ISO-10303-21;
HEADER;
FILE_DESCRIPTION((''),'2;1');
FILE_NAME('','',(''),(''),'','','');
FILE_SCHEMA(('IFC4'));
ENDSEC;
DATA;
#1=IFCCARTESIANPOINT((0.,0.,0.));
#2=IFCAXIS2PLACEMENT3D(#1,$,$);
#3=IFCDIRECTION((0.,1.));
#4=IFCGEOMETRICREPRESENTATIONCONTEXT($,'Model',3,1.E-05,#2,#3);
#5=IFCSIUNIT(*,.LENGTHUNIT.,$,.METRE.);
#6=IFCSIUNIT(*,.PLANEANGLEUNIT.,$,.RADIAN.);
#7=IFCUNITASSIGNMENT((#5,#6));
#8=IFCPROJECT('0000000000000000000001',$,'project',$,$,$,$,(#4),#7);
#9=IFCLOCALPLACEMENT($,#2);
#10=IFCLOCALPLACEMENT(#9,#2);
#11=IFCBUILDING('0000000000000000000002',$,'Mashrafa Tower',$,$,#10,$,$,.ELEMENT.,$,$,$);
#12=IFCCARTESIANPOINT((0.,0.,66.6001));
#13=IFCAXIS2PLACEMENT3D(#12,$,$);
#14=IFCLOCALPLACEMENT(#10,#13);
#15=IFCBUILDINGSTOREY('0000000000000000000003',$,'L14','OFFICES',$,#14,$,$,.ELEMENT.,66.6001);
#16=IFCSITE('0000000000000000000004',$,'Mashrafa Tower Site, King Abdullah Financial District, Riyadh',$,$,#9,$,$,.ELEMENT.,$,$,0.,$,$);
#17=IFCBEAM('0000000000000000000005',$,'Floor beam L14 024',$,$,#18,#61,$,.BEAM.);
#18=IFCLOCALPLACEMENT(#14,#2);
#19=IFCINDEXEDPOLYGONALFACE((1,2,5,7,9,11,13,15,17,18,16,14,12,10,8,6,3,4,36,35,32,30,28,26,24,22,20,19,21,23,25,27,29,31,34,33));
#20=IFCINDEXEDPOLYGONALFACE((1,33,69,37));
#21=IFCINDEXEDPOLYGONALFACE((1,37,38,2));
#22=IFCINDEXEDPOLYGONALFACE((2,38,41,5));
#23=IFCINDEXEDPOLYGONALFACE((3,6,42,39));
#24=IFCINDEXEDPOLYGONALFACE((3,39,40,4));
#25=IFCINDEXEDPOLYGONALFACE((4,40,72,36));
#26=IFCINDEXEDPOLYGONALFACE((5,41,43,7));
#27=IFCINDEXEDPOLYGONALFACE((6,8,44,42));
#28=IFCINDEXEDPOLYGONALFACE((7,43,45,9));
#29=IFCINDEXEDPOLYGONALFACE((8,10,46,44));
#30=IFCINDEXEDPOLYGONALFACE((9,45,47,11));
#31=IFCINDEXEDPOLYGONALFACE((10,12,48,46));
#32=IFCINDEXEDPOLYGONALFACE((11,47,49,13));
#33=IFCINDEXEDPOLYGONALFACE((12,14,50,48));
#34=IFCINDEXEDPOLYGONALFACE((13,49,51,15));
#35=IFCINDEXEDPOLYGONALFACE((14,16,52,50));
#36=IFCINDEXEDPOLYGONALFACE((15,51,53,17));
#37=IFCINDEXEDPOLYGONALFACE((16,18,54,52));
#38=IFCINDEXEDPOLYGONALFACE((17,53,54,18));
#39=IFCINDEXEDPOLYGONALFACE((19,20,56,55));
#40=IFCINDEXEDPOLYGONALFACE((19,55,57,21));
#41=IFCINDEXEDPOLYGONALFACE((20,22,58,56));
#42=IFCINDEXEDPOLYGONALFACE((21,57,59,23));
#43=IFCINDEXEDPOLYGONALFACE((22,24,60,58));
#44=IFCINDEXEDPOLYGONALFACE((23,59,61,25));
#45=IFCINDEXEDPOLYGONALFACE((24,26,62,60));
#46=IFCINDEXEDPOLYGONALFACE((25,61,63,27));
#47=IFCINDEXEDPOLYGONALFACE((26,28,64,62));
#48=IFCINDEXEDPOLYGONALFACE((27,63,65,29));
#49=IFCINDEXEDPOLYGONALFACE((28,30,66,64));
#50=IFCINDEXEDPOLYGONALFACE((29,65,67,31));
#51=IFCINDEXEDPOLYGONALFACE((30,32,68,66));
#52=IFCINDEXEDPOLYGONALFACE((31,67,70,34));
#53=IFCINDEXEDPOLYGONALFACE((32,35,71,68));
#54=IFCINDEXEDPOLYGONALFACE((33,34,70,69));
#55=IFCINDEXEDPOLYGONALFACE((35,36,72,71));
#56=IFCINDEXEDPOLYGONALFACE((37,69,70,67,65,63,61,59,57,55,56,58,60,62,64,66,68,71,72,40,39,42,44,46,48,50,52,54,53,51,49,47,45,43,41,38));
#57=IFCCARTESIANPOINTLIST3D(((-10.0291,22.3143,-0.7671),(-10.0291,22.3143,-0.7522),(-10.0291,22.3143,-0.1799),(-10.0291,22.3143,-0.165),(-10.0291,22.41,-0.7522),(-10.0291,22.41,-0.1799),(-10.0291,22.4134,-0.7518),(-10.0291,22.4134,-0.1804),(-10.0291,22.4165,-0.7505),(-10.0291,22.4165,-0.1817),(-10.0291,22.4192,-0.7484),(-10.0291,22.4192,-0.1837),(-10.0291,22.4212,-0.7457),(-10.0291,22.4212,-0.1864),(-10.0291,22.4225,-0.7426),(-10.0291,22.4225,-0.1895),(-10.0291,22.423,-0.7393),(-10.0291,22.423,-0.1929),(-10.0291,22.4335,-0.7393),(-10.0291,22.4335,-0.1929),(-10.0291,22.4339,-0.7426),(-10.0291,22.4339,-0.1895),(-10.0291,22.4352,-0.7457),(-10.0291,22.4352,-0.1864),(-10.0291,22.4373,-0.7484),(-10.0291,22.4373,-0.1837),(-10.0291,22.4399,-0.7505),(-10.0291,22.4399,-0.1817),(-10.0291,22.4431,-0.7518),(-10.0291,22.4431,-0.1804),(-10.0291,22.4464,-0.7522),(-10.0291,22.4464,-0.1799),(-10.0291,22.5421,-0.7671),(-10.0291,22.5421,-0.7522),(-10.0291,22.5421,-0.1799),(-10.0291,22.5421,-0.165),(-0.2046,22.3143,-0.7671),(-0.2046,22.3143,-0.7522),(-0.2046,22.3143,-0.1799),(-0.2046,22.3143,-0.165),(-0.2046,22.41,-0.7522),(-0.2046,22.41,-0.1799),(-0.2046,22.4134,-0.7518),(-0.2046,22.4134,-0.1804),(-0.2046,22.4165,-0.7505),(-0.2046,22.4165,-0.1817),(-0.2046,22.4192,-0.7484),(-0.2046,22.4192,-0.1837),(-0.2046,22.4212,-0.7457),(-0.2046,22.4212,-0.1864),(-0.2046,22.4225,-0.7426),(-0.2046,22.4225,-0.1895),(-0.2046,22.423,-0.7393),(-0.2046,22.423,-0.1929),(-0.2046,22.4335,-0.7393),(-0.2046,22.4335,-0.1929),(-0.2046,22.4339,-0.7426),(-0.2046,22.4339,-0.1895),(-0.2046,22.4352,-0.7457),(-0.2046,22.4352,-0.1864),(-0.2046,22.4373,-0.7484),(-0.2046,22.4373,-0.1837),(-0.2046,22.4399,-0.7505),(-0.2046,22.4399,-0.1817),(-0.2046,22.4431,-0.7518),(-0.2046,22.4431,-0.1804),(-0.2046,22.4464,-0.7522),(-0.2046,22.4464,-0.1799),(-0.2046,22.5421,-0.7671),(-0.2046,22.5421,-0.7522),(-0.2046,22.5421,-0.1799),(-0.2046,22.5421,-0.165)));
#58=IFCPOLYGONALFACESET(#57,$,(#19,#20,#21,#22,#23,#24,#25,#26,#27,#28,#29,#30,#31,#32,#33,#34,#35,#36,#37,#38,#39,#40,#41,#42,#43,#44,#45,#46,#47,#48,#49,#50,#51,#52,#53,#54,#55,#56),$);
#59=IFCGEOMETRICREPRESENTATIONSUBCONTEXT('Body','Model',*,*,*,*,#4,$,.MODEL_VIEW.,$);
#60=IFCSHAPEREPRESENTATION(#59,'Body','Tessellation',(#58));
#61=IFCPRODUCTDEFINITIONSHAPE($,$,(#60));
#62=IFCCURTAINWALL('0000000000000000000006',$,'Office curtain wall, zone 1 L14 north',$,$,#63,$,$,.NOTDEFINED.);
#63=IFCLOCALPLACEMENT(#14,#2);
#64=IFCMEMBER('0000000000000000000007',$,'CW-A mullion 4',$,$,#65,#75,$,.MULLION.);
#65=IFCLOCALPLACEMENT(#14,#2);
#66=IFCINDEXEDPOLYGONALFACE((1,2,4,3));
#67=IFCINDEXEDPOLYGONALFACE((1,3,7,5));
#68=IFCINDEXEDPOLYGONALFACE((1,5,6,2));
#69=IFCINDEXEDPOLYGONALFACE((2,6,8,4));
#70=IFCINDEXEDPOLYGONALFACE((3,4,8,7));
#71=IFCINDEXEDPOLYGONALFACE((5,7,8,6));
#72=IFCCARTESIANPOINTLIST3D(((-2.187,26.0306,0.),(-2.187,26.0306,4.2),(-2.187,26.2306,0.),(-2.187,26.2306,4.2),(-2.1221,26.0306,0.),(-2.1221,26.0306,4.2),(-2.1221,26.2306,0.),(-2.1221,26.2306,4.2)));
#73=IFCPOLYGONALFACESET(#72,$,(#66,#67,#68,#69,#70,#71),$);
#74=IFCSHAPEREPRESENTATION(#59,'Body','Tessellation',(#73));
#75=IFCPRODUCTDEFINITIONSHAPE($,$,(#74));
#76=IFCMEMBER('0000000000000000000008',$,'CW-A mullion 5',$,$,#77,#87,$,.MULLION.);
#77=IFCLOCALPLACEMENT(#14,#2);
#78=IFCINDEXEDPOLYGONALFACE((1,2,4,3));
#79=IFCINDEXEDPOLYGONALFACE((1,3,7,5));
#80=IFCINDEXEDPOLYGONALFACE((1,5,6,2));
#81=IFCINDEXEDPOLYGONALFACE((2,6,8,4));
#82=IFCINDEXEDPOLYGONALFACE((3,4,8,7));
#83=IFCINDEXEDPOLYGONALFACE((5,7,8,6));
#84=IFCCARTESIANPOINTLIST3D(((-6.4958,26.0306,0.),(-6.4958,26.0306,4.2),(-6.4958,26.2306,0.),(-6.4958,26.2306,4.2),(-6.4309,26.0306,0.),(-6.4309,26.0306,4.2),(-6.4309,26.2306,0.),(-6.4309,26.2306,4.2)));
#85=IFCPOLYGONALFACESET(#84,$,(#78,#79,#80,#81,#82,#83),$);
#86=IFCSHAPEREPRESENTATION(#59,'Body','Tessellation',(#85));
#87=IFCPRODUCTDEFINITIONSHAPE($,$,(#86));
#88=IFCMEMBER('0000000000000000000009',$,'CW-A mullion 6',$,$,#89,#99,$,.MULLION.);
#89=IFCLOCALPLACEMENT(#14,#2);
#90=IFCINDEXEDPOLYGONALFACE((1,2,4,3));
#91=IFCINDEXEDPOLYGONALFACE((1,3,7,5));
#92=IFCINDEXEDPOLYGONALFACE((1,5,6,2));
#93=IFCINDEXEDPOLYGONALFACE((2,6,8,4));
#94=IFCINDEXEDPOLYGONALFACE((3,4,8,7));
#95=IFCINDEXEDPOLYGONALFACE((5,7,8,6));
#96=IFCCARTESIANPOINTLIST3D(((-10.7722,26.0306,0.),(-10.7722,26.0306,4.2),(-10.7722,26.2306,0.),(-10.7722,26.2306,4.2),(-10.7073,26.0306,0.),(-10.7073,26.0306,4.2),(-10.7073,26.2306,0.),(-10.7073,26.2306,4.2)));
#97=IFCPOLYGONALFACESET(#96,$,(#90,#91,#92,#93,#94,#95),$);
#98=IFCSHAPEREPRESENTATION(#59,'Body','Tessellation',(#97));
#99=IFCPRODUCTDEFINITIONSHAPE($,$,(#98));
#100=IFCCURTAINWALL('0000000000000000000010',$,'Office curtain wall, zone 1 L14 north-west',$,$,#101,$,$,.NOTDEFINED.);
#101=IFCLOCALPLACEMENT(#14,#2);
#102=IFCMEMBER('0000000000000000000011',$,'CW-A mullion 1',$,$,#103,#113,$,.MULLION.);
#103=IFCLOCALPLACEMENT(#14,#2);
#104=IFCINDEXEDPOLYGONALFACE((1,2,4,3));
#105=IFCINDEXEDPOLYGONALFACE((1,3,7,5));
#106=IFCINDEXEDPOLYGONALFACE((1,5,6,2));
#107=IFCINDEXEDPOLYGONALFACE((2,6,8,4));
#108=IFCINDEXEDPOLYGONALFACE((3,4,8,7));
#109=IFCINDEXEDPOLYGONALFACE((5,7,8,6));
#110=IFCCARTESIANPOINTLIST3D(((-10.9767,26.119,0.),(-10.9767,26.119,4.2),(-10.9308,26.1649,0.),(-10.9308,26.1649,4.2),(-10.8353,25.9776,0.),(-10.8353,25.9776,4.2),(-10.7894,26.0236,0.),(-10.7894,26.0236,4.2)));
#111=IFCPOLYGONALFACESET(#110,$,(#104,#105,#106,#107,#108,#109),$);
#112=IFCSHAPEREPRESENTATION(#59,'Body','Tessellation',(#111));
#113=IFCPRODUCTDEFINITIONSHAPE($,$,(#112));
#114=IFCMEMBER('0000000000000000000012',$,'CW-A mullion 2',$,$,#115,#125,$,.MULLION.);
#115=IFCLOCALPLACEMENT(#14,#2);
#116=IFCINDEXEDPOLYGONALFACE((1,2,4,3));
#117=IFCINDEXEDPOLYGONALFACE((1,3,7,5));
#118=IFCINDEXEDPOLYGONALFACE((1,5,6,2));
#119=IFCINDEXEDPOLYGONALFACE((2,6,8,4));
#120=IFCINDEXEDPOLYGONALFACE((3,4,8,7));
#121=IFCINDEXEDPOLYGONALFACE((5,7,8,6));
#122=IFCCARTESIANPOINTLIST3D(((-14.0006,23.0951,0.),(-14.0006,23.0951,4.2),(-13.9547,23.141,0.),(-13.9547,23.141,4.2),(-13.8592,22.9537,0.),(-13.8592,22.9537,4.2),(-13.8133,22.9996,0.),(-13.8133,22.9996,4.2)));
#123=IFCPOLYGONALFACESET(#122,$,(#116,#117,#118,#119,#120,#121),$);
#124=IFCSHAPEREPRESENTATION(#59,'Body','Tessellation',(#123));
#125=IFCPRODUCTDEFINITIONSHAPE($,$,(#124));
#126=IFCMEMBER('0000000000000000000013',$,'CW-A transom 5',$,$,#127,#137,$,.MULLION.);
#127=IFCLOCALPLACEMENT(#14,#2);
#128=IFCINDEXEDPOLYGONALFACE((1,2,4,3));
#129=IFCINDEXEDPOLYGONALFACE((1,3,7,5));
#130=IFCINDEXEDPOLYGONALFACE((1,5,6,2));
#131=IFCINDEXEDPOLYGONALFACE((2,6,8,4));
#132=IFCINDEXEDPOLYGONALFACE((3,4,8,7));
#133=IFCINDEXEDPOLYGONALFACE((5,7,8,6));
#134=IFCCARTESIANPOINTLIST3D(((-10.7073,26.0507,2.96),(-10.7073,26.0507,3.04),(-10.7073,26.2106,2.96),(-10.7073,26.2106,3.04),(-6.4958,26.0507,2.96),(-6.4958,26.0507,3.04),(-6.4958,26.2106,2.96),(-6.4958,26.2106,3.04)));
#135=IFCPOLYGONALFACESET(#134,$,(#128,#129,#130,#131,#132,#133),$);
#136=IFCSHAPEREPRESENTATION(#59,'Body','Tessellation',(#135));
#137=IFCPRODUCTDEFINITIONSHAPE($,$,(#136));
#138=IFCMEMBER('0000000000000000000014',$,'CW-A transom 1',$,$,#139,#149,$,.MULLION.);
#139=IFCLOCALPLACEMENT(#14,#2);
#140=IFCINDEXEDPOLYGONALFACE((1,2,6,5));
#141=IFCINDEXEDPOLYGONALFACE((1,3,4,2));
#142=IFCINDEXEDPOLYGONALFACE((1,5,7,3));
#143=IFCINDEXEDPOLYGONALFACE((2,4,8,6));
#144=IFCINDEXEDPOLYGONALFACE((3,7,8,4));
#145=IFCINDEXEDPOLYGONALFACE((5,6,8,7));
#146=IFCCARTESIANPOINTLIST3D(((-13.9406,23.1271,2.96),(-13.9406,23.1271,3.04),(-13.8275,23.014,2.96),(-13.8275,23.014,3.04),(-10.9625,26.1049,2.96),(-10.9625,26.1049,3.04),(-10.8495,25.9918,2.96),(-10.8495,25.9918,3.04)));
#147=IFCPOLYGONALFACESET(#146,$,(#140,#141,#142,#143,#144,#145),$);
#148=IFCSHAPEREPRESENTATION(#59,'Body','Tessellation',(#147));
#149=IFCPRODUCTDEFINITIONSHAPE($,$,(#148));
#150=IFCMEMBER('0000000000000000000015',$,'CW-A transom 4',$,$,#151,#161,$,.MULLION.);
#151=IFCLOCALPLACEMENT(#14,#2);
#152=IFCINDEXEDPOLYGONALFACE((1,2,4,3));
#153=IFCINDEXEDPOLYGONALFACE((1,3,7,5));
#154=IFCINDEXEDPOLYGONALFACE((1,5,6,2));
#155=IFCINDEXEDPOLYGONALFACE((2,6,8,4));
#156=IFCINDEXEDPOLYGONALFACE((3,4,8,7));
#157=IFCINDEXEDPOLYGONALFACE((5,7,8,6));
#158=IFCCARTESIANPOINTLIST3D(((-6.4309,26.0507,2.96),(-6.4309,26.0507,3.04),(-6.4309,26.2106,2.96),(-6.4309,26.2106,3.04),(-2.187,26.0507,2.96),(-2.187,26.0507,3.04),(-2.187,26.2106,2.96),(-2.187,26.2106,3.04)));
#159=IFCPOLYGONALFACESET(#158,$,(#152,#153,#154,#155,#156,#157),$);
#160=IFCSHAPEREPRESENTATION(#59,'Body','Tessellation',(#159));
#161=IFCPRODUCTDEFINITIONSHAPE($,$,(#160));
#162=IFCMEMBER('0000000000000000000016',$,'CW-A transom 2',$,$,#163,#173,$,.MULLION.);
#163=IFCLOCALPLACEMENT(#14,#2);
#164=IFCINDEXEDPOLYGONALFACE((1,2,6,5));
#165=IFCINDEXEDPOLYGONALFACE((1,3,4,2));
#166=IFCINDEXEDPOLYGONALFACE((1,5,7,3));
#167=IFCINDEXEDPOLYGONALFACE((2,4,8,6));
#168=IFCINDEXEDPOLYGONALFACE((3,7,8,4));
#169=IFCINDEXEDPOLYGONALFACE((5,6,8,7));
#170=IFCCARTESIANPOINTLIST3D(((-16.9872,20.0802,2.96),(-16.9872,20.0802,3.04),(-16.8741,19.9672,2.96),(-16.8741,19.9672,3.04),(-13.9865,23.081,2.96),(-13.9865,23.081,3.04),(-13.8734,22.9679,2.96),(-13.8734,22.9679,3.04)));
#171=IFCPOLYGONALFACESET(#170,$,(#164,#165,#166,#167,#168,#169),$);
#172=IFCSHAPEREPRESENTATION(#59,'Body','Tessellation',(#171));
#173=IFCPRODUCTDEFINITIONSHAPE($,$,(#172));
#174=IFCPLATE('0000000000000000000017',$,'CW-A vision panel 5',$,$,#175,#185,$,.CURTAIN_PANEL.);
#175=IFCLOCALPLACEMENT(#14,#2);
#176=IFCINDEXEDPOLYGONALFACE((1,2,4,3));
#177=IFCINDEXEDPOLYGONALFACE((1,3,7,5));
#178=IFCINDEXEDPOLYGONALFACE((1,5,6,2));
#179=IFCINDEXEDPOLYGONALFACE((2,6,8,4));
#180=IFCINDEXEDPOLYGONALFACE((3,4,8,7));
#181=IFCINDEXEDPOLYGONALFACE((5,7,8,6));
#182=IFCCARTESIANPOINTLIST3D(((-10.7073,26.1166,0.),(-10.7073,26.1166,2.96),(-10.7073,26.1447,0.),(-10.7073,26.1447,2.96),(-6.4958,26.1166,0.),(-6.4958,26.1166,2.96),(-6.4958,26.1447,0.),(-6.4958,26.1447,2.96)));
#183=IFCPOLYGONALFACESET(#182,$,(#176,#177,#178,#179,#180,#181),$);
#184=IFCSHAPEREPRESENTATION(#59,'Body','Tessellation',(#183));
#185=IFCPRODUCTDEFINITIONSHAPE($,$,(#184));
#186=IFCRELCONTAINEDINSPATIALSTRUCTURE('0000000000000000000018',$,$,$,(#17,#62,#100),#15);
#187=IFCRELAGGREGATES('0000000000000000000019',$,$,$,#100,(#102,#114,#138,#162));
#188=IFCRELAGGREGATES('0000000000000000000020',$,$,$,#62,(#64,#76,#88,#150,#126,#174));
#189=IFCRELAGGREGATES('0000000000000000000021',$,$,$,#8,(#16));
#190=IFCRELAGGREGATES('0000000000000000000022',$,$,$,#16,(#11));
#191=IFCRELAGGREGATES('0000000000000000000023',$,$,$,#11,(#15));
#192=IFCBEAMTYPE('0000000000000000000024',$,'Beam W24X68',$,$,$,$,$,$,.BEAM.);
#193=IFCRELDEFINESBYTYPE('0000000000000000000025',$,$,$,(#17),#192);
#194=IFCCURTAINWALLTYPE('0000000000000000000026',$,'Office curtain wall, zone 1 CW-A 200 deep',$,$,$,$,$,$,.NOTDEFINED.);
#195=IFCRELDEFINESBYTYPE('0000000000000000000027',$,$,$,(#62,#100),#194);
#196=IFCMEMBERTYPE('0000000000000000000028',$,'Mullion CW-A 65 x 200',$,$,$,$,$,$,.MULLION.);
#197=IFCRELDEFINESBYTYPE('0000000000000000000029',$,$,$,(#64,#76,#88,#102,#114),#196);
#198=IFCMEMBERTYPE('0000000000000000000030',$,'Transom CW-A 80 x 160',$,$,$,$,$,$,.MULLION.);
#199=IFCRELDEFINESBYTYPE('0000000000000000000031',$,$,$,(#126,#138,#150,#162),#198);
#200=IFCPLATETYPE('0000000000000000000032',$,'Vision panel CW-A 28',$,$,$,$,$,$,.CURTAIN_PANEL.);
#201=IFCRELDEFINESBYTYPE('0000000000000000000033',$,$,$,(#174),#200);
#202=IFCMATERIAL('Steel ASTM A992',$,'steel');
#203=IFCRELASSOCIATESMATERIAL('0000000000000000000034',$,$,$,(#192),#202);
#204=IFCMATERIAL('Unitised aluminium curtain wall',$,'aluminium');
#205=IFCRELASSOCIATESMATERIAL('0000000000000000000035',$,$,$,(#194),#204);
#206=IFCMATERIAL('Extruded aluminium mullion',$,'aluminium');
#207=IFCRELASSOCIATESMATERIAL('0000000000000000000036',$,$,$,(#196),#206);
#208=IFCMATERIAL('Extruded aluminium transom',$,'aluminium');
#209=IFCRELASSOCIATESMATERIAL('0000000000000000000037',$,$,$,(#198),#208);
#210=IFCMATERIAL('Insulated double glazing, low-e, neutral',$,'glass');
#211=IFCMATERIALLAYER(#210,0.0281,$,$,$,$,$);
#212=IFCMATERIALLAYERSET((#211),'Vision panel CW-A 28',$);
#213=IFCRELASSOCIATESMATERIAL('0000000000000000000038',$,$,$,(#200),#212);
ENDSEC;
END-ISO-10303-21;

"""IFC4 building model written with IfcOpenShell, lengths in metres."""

from ifc_helpers import new_model, si_unit, direction, frame, origin, origin_2d, place, context, subcontext, project, spatial, rectangle, i_section, extrude, source, transform, mapped, material, layer, layer_set, material_profile, profile_set, type_object, type_shapes, element, aggregate, save


model = new_model("IFC4")

# Units and contexts
model_context = context("Model", 3, precision=1e-05, world=origin(), true_north=direction((0.0, 1.0)))
body_context = subcontext(model_context, "Body", "Model", "MODEL_VIEW")
ifc_project = project(units=[si_unit("LENGTHUNIT", "METRE"), si_unit("PLANEANGLEUNIT", "RADIAN")], contexts=[model_context])

# Site, building, storey
site_placement = place(None, origin())
site = spatial("IfcSite", under=ifc_project, at=site_placement, Name="Mashrafa Tower Site, King Abdullah Financial District, Riyadh", CompositionType="ELEMENT", RefElevation=0.0)
building_placement = place(site_placement, origin())
building = spatial("IfcBuilding", under=site, at=building_placement, Name="Mashrafa Tower", CompositionType="ELEMENT")
storey_placement = place(building_placement, frame((0.0, 0.0, 66.6001)))
storey = spatial("IfcBuildingStorey", under=building, at=storey_placement, Name="L14", Description="OFFICES", CompositionType="ELEMENT", Elevation=66.6001)

# Beam
ifc_material_1 = material(Name="Steel ASTM A992", Category="steel")
ifc_material_profile_1 = material_profile(ifc_material_1, i_section(OverallWidth=0.2278, OverallDepth=0.6021, WebThickness=0.0105, FlangeThickness=0.0149, FilletRadius=0.0129, at=origin_2d()), Name="W24X68")
ifc_profile_set_1 = profile_set([ifc_material_profile_1], Name="Steel ASTM A992")
beam_type_1 = type_object("IfcBeamType", Name="Beam W24X68", PredefinedType="BEAM", material=ifc_profile_set_1)
beam_1_placement = place(storey_placement, frame((-10.0291, 22.4282, -0.4661), z_axis=(1.0, 0.0, 0.0), x_axis=(0.0, 1.0, 0.0)))
element("IfcBeam", 1, at=beam_1_placement, inside=storey, type_object=beam_type_1, Name="Floor beam L14 024", PredefinedType="BEAM", context=body_context, shape_type="SweptSolid", body=[
    extrude(i_section(OverallWidth=0.2278, OverallDepth=0.6021, WebThickness=0.0105, FlangeThickness=0.0149, FilletRadius=0.0129, at=origin_2d()), origin(), (0.0, 0.0, 1.0), 9.8245),
])

# Curtain walls, members
ifc_material_2 = material(Name="Unitised aluminium curtain wall", Category="aluminium")
curtain_wall_type = type_object("IfcCurtainWallType", Name="Office curtain wall, zone 1 CW-A 200 deep", PredefinedType="NOTDEFINED", material=ifc_material_2)
curtain_wall_1_placement = place(storey_placement, origin())
curtain_wall_1 = element("IfcCurtainWall", 2, at=curtain_wall_1_placement, inside=storey, type_object=curtain_wall_type, Name="Office curtain wall, zone 1 L14 north", PredefinedType="NOTDEFINED")
ifc_material_3 = material(Name="Extruded aluminium mullion", Category="aluminium")
ifc_material_profile_2 = material_profile(ifc_material_3, rectangle(XDim=0.2, YDim=0.0649, at=origin_2d()), Name="Mullion 65x200")
ifc_profile_set_2 = profile_set([ifc_material_profile_2], Name="Extruded aluminium mullion")
member_type_1 = type_object("IfcMemberType", Name="Mullion CW-A 65 x 200", PredefinedType="MULLION", material=ifc_profile_set_2)
shared_shape_1 = source(origin(), body_context, "Body", "SweptSolid", [
    extrude(rectangle(XDim=0.2, YDim=0.0649, at=origin_2d()), origin(), (0.0, 0.0, 1.0), 4.2),
])
type_shapes(member_type_1, [shared_shape_1])
member_1_placement = place(storey_placement, frame((-2.1545, 26.1306, 0.0), z_axis=(0.0, 0.0, 1.0), x_axis=(0.0, -1.0, 0.0)))
member_1 = element("IfcMember", 3, at=member_1_placement, type_object=member_type_1, Name="CW-A mullion 4", PredefinedType="MULLION", context=body_context, shape_type="MappedRepresentation", body=[
    mapped(shared_shape_1, transform((0.0, 0.0, 0.0))),
])
member_2_placement = place(storey_placement, frame((-6.4634, 26.1306, 0.0), z_axis=(0.0, 0.0, 1.0), x_axis=(0.0, -1.0, 0.0)))
member_2 = element("IfcMember", 4, at=member_2_placement, type_object=member_type_1, Name="CW-A mullion 5", PredefinedType="MULLION", context=body_context, shape_type="MappedRepresentation", body=[
    mapped(shared_shape_1, transform((0.0, 0.0, 0.0))),
])
member_3_placement = place(storey_placement, frame((-10.7397, 26.1306, 0.0), z_axis=(0.0, 0.0, 1.0), x_axis=(0.0, -1.0, 0.0)))
member_3 = element("IfcMember", 5, at=member_3_placement, type_object=member_type_1, Name="CW-A mullion 6", PredefinedType="MULLION", context=body_context, shape_type="MappedRepresentation", body=[
    mapped(shared_shape_1, transform((0.0, 0.0, 0.0))),
])
curtain_wall_2_placement = place(storey_placement, origin())
curtain_wall_2 = element("IfcCurtainWall", 6, at=curtain_wall_2_placement, inside=storey, type_object=curtain_wall_type, Name="Office curtain wall, zone 1 L14 north-west", PredefinedType="NOTDEFINED")
member_4_placement = place(storey_placement, frame((-10.8831, 26.0713, 0.0), z_axis=(0.0, 0.0, 1.0), x_axis=(0.707107, -0.707107, 0.0)))
member_4 = element("IfcMember", 7, at=member_4_placement, type_object=member_type_1, Name="CW-A mullion 1", PredefinedType="MULLION", context=body_context, shape_type="MappedRepresentation", body=[
    mapped(shared_shape_1, transform((0.0, 0.0, 0.0))),
])
member_5_placement = place(storey_placement, frame((-13.907, 23.0474, 0.0), z_axis=(0.0, 0.0, 1.0), x_axis=(0.707107, -0.707107, 0.0)))
member_5 = element("IfcMember", 8, at=member_5_placement, type_object=member_type_1, Name="CW-A mullion 2", PredefinedType="MULLION", context=body_context, shape_type="MappedRepresentation", body=[
    mapped(shared_shape_1, transform((0.0, 0.0, 0.0))),
])

# Members
ifc_material_4 = material(Name="Extruded aluminium transom", Category="aluminium")
ifc_material_profile_3 = material_profile(ifc_material_4, rectangle(XDim=0.1599, YDim=0.0801, at=origin_2d()), Name="Transom 80x160")
ifc_profile_set_3 = profile_set([ifc_material_profile_3], Name="Extruded aluminium transom")
member_type_2 = type_object("IfcMemberType", Name="Transom CW-A 80 x 160", PredefinedType="MULLION", material=ifc_profile_set_3)
shared_shape_2 = source(origin(), body_context, "Body", "SweptSolid", [
    extrude(rectangle(XDim=0.1599, YDim=0.0801, at=origin_2d()), origin(), (0.0, 0.0, 1.0), 4.2114),
])
member_6_placement = place(storey_placement, frame((-6.4958, 26.1306, 3.0), z_axis=(-1.0, 0.0, 0.0), x_axis=(0.0, -1.0, 0.0)))
member_6 = element("IfcMember", 9, at=member_6_placement, type_object=member_type_2, Name="CW-A transom 5", PredefinedType="MULLION", context=body_context, shape_type="MappedRepresentation", body=[
    mapped(shared_shape_2, transform((0.0, 0.0, 0.0))),
])
member_7_placement = place(storey_placement, frame((-10.906, 26.0483, 3.0), z_axis=(-0.707136, -0.707078, 0.0), x_axis=(0.707078, -0.707136, 0.0)))
member_7 = element("IfcMember", 10, at=member_7_placement, type_object=member_type_2, Name="CW-A transom 1", PredefinedType="MULLION", context=body_context, shape_type="MappedRepresentation", body=[
    mapped(shared_shape_2, transform((0.0, 0.0, 0.0))),
])
shared_shape_3 = source(origin(), body_context, "Body", "SweptSolid", [
    extrude(rectangle(XDim=0.1599, YDim=0.0801, at=origin_2d()), origin(), (0.0, 0.0, 1.0), 4.2439),
])
member_8_placement = place(storey_placement, frame((-2.187, 26.1306, 3.0), z_axis=(-1.0, 0.0, 0.0), x_axis=(0.0, -1.0, 0.0)))
member_8 = element("IfcMember", 11, at=member_8_placement, type_object=member_type_2, Name="CW-A transom 4", PredefinedType="MULLION", context=body_context, shape_type="MappedRepresentation", body=[
    mapped(shared_shape_3, transform((0.0, 0.0, 0.0))),
])
shared_shape_4 = source(origin(), body_context, "Body", "SweptSolid", [
    extrude(rectangle(XDim=0.1599, YDim=0.0801, at=origin_2d()), origin(), (0.0, 0.0, 1.0), 4.2437),
])
type_shapes(member_type_2, [shared_shape_2, shared_shape_3, shared_shape_4])
member_9_placement = place(storey_placement, frame((-13.9299, 23.0244, 3.0), z_axis=(-0.707107, -0.707107, 0.0), x_axis=(0.707107, -0.707107, 0.0)))
member_9 = element("IfcMember", 12, at=member_9_placement, type_object=member_type_2, Name="CW-A transom 2", PredefinedType="MULLION", context=body_context, shape_type="MappedRepresentation", body=[
    mapped(shared_shape_4, transform((0.0, 0.0, 0.0))),
])

# Plate
ifc_material_5 = material(Name="Insulated double glazing, low-e, neutral", Category="glass")
ifc_layer_1 = layer(ifc_material_5, 0.0281)
ifc_layer_set_1 = layer_set([ifc_layer_1], Name="Vision panel CW-A 28")
plate_type_1 = type_object("IfcPlateType", Name="Vision panel CW-A 28", PredefinedType="CURTAIN_PANEL", material=ifc_layer_set_1)
shared_shape_5 = source(origin(), body_context, "Body", "SweptSolid", [
    extrude(rectangle(XDim=4.2114, YDim=0.0281, at=origin_2d()), origin(), (0.0, 0.0, 1.0), 2.96),
])
plate_1_placement = place(storey_placement, frame((-8.6016, 26.1306, 0.0), z_axis=(0.0, 0.0, 1.0), x_axis=(-1.0, 0.0, 0.0)))
plate_1 = element("IfcPlate", 13, at=plate_1_placement, type_object=plate_type_1, Name="CW-A vision panel 5", PredefinedType="CURTAIN_PANEL", context=body_context, shape_type="MappedRepresentation", body=[
    mapped(shared_shape_5, transform((0.0, 0.0, 0.0))),
])
aggregate(curtain_wall_2, [member_4, member_5, member_7, member_9])
aggregate(curtain_wall_1, [member_1, member_2, member_3, member_8, member_6, plate_1])

save(model, "model.ifc")
